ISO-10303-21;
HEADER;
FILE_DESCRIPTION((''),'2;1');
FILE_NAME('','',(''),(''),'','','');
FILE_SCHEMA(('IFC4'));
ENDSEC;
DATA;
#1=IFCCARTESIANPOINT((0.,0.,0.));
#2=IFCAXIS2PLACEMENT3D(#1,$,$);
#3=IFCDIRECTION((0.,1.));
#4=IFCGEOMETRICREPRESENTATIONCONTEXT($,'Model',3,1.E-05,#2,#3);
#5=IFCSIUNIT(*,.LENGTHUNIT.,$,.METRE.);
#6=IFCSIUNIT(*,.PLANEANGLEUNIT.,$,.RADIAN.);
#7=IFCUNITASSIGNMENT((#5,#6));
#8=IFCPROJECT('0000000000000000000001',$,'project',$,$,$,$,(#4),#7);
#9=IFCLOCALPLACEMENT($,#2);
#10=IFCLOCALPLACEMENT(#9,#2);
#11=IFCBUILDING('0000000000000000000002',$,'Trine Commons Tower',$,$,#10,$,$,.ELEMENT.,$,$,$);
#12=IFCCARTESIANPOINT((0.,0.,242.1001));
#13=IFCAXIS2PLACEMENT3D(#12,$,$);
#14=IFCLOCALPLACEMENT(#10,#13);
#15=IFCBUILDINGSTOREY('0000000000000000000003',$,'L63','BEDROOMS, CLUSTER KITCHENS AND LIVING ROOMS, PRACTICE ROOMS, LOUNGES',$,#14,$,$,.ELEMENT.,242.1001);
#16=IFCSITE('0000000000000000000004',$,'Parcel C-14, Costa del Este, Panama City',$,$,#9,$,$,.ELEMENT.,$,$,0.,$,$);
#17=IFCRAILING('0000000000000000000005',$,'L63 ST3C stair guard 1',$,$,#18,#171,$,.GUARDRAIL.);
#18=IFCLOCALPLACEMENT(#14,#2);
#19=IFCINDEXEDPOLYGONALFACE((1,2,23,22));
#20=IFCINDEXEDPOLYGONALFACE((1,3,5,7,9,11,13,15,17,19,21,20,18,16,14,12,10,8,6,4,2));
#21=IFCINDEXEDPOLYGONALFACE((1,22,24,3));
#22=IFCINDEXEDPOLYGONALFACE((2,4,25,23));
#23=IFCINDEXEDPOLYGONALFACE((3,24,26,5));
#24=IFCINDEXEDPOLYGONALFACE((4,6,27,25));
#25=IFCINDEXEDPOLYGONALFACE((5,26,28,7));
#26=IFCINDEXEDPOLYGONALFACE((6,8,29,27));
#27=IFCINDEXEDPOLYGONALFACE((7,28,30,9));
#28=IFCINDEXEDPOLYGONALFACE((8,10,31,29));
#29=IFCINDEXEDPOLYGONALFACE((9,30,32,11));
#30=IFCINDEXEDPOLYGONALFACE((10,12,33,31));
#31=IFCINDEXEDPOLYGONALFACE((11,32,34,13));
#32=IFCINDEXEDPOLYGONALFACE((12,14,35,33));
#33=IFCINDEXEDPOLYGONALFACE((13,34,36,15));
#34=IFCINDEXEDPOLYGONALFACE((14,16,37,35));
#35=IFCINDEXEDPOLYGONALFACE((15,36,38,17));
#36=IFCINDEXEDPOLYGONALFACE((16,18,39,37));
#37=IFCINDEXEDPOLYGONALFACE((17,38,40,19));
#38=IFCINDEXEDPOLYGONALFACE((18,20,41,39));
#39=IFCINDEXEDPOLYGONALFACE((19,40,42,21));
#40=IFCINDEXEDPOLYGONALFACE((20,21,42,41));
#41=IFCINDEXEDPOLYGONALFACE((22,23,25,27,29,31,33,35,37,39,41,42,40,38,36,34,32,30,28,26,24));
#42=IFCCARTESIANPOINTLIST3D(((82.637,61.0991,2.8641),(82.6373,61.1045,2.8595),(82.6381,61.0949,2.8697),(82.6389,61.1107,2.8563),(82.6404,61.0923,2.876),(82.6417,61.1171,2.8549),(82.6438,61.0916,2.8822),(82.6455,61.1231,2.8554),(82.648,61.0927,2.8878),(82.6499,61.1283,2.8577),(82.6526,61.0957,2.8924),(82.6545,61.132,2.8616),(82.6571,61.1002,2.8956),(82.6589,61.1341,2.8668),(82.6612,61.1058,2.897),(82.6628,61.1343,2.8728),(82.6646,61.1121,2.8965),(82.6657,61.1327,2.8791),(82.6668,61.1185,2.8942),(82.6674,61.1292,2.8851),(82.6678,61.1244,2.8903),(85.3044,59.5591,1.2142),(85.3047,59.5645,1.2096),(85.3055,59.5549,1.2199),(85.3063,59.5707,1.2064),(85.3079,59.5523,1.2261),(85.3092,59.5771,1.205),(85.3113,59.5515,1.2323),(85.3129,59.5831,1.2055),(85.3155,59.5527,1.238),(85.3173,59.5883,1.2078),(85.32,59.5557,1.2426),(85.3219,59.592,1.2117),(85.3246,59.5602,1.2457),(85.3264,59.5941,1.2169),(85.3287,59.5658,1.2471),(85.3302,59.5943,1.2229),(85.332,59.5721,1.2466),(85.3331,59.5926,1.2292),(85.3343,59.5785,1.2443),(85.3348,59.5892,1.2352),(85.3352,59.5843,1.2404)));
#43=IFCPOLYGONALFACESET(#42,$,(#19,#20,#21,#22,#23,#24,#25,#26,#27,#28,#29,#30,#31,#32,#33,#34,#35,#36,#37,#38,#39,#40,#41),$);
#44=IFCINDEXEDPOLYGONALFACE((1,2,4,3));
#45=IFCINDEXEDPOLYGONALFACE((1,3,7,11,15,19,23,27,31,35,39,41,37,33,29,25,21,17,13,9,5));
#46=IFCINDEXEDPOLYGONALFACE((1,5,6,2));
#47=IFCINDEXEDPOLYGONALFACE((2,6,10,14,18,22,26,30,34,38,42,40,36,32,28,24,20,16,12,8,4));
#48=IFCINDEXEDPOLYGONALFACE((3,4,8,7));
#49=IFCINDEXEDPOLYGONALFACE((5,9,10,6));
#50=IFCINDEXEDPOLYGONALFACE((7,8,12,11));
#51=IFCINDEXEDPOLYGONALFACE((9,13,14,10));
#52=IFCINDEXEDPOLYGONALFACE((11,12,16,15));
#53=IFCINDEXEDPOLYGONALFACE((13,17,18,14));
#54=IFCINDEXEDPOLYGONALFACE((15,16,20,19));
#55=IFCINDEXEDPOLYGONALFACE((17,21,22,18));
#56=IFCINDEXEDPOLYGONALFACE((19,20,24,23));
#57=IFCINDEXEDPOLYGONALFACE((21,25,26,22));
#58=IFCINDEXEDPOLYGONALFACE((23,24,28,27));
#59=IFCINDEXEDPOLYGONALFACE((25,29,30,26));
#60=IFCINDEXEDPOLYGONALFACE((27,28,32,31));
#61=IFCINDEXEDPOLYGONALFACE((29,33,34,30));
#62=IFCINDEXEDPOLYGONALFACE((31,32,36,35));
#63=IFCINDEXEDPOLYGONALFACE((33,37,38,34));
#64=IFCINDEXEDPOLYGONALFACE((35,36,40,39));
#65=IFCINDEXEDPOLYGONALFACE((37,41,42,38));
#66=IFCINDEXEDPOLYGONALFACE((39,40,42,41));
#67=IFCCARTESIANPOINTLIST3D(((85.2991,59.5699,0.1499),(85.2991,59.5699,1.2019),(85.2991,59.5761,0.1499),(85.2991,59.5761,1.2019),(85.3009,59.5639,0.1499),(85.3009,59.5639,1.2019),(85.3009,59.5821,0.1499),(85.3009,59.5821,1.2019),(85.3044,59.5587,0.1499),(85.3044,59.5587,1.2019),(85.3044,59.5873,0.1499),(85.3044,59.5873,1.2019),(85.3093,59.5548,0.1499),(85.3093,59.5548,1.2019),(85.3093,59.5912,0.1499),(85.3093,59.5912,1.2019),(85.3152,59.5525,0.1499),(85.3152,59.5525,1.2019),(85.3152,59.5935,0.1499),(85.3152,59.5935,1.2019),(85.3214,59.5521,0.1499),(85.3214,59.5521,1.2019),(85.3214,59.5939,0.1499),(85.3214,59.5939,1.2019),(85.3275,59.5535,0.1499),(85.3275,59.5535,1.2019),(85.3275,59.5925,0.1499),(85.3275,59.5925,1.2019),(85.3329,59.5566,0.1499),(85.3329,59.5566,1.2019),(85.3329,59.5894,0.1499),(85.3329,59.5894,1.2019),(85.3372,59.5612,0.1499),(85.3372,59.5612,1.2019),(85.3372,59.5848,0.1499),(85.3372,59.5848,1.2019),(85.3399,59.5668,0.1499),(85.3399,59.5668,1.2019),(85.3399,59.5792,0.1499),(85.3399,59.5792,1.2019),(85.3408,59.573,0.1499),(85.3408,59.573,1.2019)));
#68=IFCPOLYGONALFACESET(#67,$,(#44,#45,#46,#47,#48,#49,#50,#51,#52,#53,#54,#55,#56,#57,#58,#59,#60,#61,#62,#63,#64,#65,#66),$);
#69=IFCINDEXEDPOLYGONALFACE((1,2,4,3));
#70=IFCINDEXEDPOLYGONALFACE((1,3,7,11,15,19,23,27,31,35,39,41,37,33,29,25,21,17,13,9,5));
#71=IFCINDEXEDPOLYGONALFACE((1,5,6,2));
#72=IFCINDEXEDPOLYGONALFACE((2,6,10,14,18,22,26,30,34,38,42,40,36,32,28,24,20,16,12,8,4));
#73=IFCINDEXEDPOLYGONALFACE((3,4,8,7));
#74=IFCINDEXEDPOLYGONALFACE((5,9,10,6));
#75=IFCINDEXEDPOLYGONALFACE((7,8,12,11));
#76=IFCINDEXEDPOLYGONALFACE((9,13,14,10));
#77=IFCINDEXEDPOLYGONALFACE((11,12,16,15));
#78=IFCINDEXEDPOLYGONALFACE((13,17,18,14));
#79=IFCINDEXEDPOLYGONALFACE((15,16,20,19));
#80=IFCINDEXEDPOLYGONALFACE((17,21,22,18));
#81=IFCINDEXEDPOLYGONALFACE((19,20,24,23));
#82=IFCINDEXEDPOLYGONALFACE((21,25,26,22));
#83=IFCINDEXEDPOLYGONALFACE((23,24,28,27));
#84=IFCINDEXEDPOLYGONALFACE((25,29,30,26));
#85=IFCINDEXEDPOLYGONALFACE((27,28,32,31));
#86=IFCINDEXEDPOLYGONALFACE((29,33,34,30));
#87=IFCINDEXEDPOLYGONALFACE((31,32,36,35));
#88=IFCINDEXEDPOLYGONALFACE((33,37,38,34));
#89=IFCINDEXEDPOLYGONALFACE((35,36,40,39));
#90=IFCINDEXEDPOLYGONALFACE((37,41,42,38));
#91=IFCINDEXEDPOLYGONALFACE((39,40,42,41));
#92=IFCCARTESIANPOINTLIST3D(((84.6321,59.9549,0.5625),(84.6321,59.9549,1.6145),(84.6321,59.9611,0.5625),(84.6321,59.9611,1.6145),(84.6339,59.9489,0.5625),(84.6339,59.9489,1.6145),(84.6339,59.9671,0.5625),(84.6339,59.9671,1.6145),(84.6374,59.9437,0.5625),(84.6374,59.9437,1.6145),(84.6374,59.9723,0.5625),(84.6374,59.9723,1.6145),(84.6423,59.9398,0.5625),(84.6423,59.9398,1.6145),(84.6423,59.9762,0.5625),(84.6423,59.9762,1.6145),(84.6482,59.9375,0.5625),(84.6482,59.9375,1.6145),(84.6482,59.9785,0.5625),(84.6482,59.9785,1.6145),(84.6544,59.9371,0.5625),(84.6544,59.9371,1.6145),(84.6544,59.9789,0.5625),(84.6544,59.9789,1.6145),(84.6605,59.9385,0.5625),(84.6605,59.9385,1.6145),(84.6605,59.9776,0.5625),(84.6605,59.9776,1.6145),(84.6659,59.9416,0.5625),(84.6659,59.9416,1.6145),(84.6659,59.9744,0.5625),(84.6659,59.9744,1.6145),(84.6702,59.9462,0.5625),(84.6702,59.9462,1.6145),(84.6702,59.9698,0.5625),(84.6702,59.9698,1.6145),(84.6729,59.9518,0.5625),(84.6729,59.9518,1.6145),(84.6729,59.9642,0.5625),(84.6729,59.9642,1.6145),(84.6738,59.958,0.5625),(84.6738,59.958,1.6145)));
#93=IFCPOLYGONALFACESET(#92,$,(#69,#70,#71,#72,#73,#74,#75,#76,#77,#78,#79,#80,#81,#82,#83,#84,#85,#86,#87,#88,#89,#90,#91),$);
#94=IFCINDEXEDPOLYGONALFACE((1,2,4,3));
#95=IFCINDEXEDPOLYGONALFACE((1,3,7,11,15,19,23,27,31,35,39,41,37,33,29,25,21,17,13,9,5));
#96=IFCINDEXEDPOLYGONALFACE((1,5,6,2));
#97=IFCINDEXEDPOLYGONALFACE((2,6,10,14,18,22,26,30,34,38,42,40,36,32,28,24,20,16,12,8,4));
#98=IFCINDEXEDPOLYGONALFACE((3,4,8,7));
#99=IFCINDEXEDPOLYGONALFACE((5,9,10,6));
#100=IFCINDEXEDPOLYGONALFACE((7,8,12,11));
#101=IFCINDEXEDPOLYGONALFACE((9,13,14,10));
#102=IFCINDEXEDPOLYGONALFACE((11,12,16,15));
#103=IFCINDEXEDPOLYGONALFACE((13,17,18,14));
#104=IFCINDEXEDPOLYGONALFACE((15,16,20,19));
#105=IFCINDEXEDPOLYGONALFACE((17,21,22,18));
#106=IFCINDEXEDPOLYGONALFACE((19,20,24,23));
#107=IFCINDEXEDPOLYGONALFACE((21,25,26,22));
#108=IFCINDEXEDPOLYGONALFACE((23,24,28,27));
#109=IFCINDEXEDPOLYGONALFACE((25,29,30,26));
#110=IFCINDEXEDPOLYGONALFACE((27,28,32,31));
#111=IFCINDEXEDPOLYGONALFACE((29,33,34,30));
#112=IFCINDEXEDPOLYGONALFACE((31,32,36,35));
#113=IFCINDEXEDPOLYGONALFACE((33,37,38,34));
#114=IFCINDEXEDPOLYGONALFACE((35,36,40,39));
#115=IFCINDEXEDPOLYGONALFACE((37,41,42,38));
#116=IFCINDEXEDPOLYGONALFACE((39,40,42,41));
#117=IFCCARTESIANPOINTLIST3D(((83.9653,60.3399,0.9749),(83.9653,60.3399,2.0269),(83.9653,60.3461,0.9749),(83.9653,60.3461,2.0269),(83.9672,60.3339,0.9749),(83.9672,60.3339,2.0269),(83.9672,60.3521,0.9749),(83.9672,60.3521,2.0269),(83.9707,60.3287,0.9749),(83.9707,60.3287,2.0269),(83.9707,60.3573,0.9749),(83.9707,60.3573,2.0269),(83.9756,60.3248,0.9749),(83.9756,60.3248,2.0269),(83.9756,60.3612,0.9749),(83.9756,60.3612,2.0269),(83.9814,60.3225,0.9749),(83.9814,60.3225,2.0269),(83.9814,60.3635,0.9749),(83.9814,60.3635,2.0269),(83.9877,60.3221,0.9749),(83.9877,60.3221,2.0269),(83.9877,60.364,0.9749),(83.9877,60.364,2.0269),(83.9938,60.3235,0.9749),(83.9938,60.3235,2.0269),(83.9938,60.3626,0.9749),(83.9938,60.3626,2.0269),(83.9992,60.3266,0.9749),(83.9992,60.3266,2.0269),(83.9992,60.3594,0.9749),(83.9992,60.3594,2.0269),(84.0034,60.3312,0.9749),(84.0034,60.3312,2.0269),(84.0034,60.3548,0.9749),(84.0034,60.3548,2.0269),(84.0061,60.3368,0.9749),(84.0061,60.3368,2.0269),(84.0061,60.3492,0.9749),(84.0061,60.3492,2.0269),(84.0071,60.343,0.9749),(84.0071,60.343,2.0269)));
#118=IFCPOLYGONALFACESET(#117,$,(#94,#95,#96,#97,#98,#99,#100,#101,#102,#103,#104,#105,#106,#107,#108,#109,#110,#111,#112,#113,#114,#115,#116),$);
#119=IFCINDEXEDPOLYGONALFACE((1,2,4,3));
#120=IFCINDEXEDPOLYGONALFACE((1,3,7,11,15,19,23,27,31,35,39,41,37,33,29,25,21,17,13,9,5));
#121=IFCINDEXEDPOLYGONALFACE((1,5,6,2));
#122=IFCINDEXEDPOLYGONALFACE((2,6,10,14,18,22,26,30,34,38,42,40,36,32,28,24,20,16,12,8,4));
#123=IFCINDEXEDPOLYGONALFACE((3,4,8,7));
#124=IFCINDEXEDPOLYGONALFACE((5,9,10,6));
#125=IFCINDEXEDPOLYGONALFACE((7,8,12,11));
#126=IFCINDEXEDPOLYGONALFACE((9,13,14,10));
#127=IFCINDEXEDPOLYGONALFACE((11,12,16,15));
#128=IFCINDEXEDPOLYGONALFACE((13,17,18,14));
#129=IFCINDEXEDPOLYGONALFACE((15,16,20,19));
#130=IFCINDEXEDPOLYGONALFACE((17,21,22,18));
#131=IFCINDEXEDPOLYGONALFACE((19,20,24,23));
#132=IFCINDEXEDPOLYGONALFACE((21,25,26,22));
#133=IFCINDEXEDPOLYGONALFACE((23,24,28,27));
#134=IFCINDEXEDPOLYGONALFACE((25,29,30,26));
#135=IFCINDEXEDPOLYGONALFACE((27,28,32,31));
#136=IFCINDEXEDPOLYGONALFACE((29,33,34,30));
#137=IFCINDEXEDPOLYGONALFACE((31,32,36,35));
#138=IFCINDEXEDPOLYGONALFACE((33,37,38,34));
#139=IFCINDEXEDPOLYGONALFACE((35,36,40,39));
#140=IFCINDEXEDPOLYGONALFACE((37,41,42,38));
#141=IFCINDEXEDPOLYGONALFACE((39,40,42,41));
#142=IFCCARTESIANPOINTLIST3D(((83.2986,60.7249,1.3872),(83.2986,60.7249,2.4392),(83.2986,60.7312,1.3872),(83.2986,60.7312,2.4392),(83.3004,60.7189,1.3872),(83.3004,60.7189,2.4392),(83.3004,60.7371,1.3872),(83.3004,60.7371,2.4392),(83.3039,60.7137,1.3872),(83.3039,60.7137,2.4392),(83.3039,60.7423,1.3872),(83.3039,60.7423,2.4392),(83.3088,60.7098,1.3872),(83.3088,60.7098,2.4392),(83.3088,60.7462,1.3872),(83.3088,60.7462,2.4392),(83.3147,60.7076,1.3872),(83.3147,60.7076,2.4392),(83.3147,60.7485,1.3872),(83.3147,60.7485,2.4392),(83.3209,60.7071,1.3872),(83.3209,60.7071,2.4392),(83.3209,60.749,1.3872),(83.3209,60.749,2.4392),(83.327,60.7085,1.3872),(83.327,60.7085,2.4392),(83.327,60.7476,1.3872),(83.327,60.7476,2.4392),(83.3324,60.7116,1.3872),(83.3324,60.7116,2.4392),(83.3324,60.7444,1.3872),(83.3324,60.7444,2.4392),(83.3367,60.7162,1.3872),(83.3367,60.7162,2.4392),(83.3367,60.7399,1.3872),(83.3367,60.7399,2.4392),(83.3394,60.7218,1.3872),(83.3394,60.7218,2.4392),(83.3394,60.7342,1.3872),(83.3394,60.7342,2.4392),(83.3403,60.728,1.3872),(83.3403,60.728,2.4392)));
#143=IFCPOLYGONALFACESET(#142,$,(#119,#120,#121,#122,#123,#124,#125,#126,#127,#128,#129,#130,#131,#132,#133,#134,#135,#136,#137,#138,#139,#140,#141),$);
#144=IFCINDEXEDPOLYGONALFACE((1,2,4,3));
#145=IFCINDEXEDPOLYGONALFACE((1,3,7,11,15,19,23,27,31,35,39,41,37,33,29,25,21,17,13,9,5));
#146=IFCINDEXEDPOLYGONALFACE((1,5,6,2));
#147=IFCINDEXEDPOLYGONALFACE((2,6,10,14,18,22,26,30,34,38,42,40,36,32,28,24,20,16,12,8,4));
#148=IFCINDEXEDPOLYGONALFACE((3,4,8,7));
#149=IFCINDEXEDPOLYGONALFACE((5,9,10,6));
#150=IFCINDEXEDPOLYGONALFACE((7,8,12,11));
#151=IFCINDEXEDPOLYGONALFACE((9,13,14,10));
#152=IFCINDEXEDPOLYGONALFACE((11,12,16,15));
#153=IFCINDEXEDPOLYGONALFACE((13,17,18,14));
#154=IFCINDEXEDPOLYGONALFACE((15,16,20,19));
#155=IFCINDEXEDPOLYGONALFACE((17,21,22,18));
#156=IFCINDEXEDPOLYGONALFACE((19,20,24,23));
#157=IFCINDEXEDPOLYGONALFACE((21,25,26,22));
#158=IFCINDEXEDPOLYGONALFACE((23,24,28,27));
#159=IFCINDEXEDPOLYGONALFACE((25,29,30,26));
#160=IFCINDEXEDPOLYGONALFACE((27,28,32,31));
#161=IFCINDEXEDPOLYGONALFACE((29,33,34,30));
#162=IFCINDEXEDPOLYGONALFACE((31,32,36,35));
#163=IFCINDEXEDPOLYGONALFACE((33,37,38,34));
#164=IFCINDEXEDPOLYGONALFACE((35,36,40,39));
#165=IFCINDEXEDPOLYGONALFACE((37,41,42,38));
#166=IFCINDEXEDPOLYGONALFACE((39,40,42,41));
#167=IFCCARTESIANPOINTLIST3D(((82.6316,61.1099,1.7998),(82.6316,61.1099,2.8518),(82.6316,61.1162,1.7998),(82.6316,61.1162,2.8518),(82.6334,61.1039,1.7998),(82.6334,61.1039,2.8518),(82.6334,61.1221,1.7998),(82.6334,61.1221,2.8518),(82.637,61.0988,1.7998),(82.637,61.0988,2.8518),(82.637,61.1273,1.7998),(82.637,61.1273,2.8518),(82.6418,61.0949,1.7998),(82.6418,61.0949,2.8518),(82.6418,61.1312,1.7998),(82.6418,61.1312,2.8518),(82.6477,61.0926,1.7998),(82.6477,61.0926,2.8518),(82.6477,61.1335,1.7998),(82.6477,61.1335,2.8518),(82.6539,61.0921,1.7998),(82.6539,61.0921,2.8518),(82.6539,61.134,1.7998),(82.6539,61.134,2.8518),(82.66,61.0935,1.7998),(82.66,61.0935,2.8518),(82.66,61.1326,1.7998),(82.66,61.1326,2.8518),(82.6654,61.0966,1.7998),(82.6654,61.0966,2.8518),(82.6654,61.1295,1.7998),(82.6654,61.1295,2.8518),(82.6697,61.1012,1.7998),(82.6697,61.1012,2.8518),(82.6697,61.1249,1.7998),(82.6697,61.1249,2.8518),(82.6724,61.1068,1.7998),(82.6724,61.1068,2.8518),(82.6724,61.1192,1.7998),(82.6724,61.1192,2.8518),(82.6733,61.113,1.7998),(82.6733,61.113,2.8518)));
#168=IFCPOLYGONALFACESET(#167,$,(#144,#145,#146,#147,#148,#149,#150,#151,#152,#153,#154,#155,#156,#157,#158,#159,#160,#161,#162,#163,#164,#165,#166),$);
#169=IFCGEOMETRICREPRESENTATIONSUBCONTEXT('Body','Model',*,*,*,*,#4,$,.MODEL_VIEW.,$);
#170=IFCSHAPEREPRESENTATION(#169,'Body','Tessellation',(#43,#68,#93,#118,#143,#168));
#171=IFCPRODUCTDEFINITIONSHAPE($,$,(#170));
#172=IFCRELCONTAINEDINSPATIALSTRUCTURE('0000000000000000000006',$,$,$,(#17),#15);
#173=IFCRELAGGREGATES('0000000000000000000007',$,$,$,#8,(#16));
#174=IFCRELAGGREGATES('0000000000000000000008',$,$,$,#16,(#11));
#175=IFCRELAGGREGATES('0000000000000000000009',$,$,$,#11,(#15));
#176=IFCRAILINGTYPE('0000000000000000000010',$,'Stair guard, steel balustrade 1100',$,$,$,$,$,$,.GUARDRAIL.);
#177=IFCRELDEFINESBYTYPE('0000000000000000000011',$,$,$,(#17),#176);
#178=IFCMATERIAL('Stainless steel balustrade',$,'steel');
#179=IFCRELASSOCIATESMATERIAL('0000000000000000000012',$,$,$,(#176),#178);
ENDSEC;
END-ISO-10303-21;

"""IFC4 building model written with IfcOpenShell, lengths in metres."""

from ifc_helpers import new_model, si_unit, direction, frame, origin, origin_2d, place, context, subcontext, project, spatial, circle, extrude, material, type_object, element, save


model = new_model("IFC4")

# Units and contexts
model_context = context("Model", 3, precision=1e-05, world=origin(), true_north=direction((0.0, 1.0)))
body_context = subcontext(model_context, "Body", "Model", "MODEL_VIEW")
ifc_project = project(units=[si_unit("LENGTHUNIT", "METRE"), si_unit("PLANEANGLEUNIT", "RADIAN")], contexts=[model_context])

# Site, building, storey
site_placement = place(None, origin())
site = spatial("IfcSite", under=ifc_project, at=site_placement, Name="Parcel C-14, Costa del Este, Panama City", CompositionType="ELEMENT", RefElevation=0.0)
building_placement = place(site_placement, origin())
building = spatial("IfcBuilding", under=site, at=building_placement, Name="Trine Commons Tower", CompositionType="ELEMENT")
storey_placement = place(building_placement, frame((0.0, 0.0, 242.1001)))
storey = spatial("IfcBuildingStorey", under=building, at=storey_placement, Name="L63", Description="BEDROOMS, CLUSTER KITCHENS AND LIVING ROOMS, PRACTICE ROOMS, LOUNGES", CompositionType="ELEMENT", Elevation=242.1001)

# Railing
ifc_material_1 = material(Name="Stainless steel balustrade", Category="steel")
railing_type_1 = type_object("IfcRailingType", Name="Stair guard, steel balustrade 1100", PredefinedType="GUARDRAIL", material=ifc_material_1)
railing_1_placement = place(storey_placement, frame((85.3198, 59.573, 0.1499)))
element("IfcRailing", 1, at=railing_1_placement, inside=storey, type_object=railing_type_1, Name="L63 ST3C stair guard 1", PredefinedType="GUARDRAIL", context=body_context, shape_type="SweptSolid", body=[
    extrude(circle(Radius=0.0239, at=origin_2d()), frame((0.0, 0.0, 1.0762), z_axis=(-0.763405, 0.440743, 0.472185), x_axis=(-0.499992, -0.86603, 0.0)), (0.0, 0.0, 1.0), 3.4941),
    extrude(circle(Radius=0.021, at=origin_2d()), origin(), (0.0, 0.0, 1.0), 1.052),
    extrude(circle(Radius=0.021, at=origin_2d()), frame((-0.667, 0.385, 0.4126)), (0.0, 0.0, 1.0), 1.052),
    extrude(circle(Radius=0.021, at=origin_2d()), frame((-1.3337, 0.77, 0.825)), (0.0, 0.0, 1.0), 1.052),
    extrude(circle(Radius=0.021, at=origin_2d()), frame((-2.0005, 1.155, 1.2373)), (0.0, 0.0, 1.0), 1.052),
    extrude(circle(Radius=0.021, at=origin_2d()), frame((-2.6675, 1.54, 1.6499)), (0.0, 0.0, 1.0), 1.052),
])

save(model, "model.ifc")
